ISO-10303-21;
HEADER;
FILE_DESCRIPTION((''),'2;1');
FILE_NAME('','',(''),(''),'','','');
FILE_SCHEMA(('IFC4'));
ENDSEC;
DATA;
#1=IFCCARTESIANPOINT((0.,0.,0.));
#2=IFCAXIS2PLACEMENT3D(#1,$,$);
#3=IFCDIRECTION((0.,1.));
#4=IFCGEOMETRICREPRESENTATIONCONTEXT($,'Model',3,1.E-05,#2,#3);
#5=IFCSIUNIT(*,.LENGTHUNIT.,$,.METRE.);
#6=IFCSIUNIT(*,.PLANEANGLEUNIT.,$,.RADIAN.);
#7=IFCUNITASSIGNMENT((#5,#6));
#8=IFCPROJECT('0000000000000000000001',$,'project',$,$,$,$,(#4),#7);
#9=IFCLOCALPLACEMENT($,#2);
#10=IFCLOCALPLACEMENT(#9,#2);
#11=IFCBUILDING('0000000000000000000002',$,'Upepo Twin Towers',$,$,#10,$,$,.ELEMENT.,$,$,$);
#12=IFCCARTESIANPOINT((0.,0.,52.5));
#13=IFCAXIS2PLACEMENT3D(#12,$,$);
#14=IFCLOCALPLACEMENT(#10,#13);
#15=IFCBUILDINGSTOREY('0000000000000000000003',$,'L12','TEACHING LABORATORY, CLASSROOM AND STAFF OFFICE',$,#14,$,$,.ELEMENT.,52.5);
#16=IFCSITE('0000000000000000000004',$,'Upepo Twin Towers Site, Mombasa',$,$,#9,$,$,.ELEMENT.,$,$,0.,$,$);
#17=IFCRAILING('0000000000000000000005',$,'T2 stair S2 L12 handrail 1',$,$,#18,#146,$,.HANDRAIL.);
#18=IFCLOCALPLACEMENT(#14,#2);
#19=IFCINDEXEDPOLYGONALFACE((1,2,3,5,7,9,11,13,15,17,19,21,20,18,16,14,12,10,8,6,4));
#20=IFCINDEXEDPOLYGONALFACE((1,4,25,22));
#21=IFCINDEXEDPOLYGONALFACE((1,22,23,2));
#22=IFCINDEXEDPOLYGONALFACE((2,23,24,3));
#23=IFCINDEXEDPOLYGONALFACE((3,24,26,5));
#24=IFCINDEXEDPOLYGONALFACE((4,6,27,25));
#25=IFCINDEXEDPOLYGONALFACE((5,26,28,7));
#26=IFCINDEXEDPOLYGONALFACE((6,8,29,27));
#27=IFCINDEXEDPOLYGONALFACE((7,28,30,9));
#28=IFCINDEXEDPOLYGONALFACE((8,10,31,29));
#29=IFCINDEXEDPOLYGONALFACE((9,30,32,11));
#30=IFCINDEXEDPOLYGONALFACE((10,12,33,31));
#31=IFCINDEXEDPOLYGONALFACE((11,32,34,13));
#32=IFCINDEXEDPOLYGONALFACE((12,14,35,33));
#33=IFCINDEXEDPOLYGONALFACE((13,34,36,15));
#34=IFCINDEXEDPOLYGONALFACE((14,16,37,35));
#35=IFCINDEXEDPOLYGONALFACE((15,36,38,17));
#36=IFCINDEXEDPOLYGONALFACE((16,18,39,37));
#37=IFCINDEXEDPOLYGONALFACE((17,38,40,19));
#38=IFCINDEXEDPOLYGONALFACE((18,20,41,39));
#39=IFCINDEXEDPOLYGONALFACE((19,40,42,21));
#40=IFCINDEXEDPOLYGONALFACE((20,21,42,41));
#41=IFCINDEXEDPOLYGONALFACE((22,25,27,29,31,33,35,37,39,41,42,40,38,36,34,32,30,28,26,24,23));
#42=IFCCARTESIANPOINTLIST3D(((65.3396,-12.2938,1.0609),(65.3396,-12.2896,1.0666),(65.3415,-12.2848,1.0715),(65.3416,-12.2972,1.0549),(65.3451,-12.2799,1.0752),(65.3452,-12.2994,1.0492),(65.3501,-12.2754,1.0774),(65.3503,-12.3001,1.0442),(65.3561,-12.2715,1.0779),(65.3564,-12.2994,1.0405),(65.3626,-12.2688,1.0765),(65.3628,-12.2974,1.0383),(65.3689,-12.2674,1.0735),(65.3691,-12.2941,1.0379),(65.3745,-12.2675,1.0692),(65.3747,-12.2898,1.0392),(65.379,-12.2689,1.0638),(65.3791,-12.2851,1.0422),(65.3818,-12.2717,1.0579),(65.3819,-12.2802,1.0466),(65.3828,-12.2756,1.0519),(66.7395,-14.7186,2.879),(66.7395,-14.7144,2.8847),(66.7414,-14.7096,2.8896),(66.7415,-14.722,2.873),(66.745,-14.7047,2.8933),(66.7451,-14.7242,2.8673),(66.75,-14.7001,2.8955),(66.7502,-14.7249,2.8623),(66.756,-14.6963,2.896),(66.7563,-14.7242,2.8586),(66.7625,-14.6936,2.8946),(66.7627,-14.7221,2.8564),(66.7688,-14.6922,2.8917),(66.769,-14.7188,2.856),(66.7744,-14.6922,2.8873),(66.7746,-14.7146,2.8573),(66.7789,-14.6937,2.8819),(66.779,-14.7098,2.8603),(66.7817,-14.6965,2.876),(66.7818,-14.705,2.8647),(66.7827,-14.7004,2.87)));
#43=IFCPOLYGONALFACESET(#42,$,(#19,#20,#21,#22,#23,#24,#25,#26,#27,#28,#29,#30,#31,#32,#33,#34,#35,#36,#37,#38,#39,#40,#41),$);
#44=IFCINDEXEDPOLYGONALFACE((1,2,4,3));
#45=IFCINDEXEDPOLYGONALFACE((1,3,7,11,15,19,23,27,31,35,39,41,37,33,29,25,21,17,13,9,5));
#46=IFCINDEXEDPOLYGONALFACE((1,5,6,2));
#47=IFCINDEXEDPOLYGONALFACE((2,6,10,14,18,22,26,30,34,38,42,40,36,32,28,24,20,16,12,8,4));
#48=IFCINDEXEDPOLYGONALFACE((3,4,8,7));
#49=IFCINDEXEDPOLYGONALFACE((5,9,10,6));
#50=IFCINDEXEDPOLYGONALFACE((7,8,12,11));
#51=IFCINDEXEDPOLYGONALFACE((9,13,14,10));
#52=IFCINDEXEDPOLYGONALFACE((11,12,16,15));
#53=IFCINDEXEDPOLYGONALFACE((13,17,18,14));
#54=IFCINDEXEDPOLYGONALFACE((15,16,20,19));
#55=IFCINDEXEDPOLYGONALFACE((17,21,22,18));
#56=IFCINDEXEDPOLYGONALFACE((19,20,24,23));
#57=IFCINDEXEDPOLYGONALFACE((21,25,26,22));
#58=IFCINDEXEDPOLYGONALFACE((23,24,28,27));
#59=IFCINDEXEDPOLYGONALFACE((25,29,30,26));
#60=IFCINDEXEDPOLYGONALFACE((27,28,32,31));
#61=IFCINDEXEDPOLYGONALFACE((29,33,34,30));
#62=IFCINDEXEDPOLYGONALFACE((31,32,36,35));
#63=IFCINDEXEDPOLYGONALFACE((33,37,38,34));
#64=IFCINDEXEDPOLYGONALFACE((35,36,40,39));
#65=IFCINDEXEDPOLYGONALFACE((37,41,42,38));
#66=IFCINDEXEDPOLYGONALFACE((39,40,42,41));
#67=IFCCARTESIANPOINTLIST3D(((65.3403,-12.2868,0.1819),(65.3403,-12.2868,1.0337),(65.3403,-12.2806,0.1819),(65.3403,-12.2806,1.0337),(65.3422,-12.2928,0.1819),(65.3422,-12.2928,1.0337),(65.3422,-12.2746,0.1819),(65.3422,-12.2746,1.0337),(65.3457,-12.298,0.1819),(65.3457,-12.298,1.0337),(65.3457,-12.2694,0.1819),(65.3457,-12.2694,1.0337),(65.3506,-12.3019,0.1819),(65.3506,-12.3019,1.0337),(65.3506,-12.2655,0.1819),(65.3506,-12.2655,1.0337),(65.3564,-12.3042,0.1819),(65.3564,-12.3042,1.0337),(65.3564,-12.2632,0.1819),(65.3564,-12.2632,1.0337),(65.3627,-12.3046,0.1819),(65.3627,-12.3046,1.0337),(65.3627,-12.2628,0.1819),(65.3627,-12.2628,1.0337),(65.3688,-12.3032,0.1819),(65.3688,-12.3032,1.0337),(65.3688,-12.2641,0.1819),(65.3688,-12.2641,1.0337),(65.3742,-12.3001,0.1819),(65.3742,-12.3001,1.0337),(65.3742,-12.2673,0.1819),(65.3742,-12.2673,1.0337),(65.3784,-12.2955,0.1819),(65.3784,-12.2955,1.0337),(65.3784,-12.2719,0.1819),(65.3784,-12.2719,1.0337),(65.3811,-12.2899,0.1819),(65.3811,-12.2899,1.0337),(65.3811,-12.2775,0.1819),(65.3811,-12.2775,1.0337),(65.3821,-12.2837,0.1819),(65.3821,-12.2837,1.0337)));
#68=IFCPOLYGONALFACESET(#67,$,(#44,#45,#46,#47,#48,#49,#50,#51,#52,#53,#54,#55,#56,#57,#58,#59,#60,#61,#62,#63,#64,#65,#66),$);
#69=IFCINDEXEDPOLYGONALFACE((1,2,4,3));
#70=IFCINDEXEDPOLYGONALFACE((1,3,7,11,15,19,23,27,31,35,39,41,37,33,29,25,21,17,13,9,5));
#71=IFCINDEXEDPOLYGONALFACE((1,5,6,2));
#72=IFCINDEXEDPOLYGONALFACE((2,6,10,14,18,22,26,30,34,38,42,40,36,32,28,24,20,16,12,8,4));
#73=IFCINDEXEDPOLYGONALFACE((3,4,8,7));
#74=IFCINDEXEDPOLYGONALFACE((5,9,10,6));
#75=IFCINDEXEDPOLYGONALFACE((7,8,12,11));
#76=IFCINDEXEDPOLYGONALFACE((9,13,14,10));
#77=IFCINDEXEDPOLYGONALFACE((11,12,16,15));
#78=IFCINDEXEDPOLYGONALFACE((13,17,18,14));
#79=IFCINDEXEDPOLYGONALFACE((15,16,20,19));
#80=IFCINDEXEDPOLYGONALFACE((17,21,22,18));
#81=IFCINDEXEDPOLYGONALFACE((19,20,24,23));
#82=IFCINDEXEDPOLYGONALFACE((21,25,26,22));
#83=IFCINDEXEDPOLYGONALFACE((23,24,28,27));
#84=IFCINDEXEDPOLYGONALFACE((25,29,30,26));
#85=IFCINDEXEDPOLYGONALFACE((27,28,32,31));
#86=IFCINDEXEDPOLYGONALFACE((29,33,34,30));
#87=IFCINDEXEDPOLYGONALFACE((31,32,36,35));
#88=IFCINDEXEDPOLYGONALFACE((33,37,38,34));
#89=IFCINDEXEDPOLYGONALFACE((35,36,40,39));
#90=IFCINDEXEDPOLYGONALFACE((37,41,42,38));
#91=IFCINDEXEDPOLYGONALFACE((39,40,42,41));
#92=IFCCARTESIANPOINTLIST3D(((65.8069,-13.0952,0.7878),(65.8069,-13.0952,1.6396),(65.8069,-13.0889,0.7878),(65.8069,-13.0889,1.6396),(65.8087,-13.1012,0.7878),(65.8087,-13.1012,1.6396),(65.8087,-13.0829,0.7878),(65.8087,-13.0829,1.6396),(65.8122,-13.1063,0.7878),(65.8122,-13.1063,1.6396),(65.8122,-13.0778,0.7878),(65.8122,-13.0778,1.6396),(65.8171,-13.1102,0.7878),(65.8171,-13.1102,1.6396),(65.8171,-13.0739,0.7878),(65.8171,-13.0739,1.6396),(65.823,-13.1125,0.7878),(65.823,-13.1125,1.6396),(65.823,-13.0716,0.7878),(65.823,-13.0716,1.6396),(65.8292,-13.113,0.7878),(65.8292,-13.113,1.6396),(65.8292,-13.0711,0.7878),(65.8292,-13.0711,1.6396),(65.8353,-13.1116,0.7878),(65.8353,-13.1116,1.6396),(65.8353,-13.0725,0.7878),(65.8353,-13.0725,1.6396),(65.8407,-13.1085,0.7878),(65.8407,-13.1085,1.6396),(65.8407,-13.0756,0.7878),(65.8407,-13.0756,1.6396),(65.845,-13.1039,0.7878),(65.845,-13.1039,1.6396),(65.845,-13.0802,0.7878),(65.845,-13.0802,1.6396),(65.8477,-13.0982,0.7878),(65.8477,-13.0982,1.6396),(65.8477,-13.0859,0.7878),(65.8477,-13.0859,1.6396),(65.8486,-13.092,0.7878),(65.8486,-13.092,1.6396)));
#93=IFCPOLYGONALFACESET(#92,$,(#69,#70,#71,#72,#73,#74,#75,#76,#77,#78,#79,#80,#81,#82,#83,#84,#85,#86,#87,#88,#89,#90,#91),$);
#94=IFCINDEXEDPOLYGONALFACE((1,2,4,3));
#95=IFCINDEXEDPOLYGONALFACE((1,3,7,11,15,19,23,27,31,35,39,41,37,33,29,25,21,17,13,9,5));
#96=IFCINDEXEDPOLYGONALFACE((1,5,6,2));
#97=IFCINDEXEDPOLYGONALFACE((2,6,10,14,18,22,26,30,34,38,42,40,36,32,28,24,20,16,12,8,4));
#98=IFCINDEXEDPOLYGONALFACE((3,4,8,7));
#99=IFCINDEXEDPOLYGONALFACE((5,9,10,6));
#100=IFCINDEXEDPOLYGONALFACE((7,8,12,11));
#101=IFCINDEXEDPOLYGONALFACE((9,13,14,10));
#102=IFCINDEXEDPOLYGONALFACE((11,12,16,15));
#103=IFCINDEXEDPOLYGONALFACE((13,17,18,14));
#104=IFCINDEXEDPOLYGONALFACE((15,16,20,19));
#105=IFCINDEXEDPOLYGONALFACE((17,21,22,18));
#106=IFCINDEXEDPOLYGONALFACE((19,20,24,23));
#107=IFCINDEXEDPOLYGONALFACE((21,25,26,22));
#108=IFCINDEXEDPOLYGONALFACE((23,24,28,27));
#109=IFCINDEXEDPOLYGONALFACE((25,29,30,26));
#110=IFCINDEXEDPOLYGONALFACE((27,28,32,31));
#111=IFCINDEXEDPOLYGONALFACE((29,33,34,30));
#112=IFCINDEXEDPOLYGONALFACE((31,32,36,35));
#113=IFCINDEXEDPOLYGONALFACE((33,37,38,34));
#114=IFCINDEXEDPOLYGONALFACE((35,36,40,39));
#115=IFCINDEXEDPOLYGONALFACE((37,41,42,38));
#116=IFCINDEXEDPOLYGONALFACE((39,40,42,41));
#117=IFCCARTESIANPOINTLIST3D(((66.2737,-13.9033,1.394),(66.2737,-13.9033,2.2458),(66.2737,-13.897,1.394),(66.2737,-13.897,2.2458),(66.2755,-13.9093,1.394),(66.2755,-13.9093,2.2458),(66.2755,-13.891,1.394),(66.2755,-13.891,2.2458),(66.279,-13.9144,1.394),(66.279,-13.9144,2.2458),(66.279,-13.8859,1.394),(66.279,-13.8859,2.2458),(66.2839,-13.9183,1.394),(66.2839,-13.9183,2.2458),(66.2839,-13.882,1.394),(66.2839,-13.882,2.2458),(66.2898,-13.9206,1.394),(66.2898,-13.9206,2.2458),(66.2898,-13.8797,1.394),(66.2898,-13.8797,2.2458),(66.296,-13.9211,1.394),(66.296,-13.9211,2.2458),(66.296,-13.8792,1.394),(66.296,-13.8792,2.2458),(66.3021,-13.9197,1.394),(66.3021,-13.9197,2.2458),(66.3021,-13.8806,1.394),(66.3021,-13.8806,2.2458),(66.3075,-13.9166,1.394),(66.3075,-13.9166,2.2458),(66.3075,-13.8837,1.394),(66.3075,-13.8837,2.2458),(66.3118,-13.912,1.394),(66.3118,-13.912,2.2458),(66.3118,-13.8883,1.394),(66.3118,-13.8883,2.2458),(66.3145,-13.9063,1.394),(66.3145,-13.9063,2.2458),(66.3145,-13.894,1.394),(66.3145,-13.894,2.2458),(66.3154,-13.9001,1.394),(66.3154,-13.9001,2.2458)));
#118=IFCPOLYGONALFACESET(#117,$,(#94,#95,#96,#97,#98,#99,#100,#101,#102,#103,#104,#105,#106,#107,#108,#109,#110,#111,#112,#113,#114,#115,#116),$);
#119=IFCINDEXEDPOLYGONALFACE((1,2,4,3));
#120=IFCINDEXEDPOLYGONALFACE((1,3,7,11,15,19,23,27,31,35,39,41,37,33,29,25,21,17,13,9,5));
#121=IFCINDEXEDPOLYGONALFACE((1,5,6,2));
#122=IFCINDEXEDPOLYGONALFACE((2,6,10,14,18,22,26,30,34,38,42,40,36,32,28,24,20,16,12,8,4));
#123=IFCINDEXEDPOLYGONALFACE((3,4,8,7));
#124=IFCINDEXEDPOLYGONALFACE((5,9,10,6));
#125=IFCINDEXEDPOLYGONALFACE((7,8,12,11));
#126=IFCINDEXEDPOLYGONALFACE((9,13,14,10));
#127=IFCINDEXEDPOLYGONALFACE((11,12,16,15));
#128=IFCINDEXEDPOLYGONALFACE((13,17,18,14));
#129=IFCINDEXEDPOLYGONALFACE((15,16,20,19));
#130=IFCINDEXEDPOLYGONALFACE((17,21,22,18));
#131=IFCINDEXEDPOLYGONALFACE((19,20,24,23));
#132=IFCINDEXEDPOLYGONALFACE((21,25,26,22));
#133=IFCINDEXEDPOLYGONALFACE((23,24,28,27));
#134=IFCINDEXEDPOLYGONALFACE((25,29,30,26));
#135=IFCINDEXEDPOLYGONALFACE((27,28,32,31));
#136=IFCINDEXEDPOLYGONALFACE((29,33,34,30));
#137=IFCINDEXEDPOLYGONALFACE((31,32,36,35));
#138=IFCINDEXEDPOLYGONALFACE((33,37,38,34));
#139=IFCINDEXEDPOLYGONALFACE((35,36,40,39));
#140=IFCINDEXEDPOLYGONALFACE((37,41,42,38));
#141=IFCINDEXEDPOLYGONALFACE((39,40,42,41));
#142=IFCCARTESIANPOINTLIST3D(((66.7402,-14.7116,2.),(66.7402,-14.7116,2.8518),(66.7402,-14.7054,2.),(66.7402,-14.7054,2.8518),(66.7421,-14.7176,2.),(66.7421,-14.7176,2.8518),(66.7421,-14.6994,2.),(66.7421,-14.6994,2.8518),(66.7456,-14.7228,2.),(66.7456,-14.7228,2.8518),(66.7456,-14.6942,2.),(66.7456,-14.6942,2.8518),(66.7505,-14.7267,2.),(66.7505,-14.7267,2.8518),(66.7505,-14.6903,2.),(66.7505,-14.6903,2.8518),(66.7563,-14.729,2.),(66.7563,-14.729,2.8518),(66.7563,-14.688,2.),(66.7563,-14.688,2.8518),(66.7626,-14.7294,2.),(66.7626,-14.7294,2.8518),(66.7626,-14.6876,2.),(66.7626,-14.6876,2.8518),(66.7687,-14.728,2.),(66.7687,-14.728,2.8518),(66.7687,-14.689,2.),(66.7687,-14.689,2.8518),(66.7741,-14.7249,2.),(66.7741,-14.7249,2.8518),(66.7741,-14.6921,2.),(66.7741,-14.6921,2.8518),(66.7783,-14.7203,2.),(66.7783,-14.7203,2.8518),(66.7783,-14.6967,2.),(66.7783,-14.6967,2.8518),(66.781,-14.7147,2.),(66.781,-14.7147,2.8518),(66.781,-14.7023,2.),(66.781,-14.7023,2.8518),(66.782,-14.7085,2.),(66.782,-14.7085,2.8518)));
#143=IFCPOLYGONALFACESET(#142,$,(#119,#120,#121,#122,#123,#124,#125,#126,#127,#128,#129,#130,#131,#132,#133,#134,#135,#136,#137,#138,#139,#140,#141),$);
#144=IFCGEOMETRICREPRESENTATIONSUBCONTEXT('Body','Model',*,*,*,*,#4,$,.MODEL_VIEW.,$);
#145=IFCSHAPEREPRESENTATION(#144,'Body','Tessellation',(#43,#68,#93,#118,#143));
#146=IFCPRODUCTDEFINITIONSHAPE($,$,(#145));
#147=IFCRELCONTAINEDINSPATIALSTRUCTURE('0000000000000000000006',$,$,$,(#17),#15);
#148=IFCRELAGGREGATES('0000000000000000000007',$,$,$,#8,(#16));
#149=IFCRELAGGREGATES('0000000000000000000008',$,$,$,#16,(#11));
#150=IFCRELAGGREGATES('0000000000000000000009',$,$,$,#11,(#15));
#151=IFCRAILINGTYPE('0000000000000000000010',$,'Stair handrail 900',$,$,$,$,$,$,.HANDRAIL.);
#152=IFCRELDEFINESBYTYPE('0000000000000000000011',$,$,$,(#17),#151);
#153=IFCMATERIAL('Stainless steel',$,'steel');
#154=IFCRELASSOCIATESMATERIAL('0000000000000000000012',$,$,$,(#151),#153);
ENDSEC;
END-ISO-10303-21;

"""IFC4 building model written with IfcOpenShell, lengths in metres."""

from ifc_helpers import new_model, si_unit, direction, frame, origin, origin_2d, place, context, subcontext, project, spatial, circle, extrude, material, type_object, element, save


model = new_model("IFC4")

# Units and contexts
model_context = context("Model", 3, precision=1e-05, world=origin(), true_north=direction((0.0, 1.0)))
body_context = subcontext(model_context, "Body", "Model", "MODEL_VIEW")
ifc_project = project(units=[si_unit("LENGTHUNIT", "METRE"), si_unit("PLANEANGLEUNIT", "RADIAN")], contexts=[model_context])

# Site, building, storey
site_placement = place(None, origin())
site = spatial("IfcSite", under=ifc_project, at=site_placement, Name="Upepo Twin Towers Site, Mombasa", CompositionType="ELEMENT", RefElevation=0.0)
building_placement = place(site_placement, origin())
building = spatial("IfcBuilding", under=site, at=building_placement, Name="Upepo Twin Towers", CompositionType="ELEMENT")
storey_placement = place(building_placement, frame((0.0, 0.0, 52.5)))
storey = spatial("IfcBuildingStorey", under=building, at=storey_placement, Name="L12", Description="TEACHING LABORATORY, CLASSROOM AND STAFF OFFICE", CompositionType="ELEMENT", Elevation=52.5)

# Railing
ifc_material_1 = material(Name="Stainless steel", Category="steel")
railing_type = type_object("IfcRailingType", Name="Stair handrail 900", PredefinedType="HANDRAIL", material=ifc_material_1)
railing_1_placement = place(storey_placement, frame((65.3611, -12.2837, 0.1819)))
element("IfcRailing", 1, at=railing_1_placement, inside=storey, type_object=railing_type, Name="T2 stair S2 L12 handrail 1", PredefinedType="HANDRAIL", context=body_context, shape_type="SweptSolid", body=[
    extrude(circle(Radius=0.0239, at=origin_2d()), frame((0.0, 0.0, 0.876), z_axis=(0.419333, -0.726336, 0.544606), x_axis=(0.866035, 0.499984, 0.0)), (0.0, 0.0, 1.0), 3.3384),
    extrude(circle(Radius=0.021, at=origin_2d()), origin(), (0.0, 0.0, 1.0), 0.8518),
    extrude(circle(Radius=0.021, at=origin_2d()), frame((0.4666, -0.8083, 0.606)), (0.0, 0.0, 1.0), 0.8518),
    extrude(circle(Radius=0.021, at=origin_2d()), frame((0.9333, -1.6165, 1.2122)), (0.0, 0.0, 1.0), 0.8518),
    extrude(circle(Radius=0.021, at=origin_2d()), frame((1.3999, -2.4248, 1.8181)), (0.0, 0.0, 1.0), 0.8518),
])

save(model, "model.ifc")
